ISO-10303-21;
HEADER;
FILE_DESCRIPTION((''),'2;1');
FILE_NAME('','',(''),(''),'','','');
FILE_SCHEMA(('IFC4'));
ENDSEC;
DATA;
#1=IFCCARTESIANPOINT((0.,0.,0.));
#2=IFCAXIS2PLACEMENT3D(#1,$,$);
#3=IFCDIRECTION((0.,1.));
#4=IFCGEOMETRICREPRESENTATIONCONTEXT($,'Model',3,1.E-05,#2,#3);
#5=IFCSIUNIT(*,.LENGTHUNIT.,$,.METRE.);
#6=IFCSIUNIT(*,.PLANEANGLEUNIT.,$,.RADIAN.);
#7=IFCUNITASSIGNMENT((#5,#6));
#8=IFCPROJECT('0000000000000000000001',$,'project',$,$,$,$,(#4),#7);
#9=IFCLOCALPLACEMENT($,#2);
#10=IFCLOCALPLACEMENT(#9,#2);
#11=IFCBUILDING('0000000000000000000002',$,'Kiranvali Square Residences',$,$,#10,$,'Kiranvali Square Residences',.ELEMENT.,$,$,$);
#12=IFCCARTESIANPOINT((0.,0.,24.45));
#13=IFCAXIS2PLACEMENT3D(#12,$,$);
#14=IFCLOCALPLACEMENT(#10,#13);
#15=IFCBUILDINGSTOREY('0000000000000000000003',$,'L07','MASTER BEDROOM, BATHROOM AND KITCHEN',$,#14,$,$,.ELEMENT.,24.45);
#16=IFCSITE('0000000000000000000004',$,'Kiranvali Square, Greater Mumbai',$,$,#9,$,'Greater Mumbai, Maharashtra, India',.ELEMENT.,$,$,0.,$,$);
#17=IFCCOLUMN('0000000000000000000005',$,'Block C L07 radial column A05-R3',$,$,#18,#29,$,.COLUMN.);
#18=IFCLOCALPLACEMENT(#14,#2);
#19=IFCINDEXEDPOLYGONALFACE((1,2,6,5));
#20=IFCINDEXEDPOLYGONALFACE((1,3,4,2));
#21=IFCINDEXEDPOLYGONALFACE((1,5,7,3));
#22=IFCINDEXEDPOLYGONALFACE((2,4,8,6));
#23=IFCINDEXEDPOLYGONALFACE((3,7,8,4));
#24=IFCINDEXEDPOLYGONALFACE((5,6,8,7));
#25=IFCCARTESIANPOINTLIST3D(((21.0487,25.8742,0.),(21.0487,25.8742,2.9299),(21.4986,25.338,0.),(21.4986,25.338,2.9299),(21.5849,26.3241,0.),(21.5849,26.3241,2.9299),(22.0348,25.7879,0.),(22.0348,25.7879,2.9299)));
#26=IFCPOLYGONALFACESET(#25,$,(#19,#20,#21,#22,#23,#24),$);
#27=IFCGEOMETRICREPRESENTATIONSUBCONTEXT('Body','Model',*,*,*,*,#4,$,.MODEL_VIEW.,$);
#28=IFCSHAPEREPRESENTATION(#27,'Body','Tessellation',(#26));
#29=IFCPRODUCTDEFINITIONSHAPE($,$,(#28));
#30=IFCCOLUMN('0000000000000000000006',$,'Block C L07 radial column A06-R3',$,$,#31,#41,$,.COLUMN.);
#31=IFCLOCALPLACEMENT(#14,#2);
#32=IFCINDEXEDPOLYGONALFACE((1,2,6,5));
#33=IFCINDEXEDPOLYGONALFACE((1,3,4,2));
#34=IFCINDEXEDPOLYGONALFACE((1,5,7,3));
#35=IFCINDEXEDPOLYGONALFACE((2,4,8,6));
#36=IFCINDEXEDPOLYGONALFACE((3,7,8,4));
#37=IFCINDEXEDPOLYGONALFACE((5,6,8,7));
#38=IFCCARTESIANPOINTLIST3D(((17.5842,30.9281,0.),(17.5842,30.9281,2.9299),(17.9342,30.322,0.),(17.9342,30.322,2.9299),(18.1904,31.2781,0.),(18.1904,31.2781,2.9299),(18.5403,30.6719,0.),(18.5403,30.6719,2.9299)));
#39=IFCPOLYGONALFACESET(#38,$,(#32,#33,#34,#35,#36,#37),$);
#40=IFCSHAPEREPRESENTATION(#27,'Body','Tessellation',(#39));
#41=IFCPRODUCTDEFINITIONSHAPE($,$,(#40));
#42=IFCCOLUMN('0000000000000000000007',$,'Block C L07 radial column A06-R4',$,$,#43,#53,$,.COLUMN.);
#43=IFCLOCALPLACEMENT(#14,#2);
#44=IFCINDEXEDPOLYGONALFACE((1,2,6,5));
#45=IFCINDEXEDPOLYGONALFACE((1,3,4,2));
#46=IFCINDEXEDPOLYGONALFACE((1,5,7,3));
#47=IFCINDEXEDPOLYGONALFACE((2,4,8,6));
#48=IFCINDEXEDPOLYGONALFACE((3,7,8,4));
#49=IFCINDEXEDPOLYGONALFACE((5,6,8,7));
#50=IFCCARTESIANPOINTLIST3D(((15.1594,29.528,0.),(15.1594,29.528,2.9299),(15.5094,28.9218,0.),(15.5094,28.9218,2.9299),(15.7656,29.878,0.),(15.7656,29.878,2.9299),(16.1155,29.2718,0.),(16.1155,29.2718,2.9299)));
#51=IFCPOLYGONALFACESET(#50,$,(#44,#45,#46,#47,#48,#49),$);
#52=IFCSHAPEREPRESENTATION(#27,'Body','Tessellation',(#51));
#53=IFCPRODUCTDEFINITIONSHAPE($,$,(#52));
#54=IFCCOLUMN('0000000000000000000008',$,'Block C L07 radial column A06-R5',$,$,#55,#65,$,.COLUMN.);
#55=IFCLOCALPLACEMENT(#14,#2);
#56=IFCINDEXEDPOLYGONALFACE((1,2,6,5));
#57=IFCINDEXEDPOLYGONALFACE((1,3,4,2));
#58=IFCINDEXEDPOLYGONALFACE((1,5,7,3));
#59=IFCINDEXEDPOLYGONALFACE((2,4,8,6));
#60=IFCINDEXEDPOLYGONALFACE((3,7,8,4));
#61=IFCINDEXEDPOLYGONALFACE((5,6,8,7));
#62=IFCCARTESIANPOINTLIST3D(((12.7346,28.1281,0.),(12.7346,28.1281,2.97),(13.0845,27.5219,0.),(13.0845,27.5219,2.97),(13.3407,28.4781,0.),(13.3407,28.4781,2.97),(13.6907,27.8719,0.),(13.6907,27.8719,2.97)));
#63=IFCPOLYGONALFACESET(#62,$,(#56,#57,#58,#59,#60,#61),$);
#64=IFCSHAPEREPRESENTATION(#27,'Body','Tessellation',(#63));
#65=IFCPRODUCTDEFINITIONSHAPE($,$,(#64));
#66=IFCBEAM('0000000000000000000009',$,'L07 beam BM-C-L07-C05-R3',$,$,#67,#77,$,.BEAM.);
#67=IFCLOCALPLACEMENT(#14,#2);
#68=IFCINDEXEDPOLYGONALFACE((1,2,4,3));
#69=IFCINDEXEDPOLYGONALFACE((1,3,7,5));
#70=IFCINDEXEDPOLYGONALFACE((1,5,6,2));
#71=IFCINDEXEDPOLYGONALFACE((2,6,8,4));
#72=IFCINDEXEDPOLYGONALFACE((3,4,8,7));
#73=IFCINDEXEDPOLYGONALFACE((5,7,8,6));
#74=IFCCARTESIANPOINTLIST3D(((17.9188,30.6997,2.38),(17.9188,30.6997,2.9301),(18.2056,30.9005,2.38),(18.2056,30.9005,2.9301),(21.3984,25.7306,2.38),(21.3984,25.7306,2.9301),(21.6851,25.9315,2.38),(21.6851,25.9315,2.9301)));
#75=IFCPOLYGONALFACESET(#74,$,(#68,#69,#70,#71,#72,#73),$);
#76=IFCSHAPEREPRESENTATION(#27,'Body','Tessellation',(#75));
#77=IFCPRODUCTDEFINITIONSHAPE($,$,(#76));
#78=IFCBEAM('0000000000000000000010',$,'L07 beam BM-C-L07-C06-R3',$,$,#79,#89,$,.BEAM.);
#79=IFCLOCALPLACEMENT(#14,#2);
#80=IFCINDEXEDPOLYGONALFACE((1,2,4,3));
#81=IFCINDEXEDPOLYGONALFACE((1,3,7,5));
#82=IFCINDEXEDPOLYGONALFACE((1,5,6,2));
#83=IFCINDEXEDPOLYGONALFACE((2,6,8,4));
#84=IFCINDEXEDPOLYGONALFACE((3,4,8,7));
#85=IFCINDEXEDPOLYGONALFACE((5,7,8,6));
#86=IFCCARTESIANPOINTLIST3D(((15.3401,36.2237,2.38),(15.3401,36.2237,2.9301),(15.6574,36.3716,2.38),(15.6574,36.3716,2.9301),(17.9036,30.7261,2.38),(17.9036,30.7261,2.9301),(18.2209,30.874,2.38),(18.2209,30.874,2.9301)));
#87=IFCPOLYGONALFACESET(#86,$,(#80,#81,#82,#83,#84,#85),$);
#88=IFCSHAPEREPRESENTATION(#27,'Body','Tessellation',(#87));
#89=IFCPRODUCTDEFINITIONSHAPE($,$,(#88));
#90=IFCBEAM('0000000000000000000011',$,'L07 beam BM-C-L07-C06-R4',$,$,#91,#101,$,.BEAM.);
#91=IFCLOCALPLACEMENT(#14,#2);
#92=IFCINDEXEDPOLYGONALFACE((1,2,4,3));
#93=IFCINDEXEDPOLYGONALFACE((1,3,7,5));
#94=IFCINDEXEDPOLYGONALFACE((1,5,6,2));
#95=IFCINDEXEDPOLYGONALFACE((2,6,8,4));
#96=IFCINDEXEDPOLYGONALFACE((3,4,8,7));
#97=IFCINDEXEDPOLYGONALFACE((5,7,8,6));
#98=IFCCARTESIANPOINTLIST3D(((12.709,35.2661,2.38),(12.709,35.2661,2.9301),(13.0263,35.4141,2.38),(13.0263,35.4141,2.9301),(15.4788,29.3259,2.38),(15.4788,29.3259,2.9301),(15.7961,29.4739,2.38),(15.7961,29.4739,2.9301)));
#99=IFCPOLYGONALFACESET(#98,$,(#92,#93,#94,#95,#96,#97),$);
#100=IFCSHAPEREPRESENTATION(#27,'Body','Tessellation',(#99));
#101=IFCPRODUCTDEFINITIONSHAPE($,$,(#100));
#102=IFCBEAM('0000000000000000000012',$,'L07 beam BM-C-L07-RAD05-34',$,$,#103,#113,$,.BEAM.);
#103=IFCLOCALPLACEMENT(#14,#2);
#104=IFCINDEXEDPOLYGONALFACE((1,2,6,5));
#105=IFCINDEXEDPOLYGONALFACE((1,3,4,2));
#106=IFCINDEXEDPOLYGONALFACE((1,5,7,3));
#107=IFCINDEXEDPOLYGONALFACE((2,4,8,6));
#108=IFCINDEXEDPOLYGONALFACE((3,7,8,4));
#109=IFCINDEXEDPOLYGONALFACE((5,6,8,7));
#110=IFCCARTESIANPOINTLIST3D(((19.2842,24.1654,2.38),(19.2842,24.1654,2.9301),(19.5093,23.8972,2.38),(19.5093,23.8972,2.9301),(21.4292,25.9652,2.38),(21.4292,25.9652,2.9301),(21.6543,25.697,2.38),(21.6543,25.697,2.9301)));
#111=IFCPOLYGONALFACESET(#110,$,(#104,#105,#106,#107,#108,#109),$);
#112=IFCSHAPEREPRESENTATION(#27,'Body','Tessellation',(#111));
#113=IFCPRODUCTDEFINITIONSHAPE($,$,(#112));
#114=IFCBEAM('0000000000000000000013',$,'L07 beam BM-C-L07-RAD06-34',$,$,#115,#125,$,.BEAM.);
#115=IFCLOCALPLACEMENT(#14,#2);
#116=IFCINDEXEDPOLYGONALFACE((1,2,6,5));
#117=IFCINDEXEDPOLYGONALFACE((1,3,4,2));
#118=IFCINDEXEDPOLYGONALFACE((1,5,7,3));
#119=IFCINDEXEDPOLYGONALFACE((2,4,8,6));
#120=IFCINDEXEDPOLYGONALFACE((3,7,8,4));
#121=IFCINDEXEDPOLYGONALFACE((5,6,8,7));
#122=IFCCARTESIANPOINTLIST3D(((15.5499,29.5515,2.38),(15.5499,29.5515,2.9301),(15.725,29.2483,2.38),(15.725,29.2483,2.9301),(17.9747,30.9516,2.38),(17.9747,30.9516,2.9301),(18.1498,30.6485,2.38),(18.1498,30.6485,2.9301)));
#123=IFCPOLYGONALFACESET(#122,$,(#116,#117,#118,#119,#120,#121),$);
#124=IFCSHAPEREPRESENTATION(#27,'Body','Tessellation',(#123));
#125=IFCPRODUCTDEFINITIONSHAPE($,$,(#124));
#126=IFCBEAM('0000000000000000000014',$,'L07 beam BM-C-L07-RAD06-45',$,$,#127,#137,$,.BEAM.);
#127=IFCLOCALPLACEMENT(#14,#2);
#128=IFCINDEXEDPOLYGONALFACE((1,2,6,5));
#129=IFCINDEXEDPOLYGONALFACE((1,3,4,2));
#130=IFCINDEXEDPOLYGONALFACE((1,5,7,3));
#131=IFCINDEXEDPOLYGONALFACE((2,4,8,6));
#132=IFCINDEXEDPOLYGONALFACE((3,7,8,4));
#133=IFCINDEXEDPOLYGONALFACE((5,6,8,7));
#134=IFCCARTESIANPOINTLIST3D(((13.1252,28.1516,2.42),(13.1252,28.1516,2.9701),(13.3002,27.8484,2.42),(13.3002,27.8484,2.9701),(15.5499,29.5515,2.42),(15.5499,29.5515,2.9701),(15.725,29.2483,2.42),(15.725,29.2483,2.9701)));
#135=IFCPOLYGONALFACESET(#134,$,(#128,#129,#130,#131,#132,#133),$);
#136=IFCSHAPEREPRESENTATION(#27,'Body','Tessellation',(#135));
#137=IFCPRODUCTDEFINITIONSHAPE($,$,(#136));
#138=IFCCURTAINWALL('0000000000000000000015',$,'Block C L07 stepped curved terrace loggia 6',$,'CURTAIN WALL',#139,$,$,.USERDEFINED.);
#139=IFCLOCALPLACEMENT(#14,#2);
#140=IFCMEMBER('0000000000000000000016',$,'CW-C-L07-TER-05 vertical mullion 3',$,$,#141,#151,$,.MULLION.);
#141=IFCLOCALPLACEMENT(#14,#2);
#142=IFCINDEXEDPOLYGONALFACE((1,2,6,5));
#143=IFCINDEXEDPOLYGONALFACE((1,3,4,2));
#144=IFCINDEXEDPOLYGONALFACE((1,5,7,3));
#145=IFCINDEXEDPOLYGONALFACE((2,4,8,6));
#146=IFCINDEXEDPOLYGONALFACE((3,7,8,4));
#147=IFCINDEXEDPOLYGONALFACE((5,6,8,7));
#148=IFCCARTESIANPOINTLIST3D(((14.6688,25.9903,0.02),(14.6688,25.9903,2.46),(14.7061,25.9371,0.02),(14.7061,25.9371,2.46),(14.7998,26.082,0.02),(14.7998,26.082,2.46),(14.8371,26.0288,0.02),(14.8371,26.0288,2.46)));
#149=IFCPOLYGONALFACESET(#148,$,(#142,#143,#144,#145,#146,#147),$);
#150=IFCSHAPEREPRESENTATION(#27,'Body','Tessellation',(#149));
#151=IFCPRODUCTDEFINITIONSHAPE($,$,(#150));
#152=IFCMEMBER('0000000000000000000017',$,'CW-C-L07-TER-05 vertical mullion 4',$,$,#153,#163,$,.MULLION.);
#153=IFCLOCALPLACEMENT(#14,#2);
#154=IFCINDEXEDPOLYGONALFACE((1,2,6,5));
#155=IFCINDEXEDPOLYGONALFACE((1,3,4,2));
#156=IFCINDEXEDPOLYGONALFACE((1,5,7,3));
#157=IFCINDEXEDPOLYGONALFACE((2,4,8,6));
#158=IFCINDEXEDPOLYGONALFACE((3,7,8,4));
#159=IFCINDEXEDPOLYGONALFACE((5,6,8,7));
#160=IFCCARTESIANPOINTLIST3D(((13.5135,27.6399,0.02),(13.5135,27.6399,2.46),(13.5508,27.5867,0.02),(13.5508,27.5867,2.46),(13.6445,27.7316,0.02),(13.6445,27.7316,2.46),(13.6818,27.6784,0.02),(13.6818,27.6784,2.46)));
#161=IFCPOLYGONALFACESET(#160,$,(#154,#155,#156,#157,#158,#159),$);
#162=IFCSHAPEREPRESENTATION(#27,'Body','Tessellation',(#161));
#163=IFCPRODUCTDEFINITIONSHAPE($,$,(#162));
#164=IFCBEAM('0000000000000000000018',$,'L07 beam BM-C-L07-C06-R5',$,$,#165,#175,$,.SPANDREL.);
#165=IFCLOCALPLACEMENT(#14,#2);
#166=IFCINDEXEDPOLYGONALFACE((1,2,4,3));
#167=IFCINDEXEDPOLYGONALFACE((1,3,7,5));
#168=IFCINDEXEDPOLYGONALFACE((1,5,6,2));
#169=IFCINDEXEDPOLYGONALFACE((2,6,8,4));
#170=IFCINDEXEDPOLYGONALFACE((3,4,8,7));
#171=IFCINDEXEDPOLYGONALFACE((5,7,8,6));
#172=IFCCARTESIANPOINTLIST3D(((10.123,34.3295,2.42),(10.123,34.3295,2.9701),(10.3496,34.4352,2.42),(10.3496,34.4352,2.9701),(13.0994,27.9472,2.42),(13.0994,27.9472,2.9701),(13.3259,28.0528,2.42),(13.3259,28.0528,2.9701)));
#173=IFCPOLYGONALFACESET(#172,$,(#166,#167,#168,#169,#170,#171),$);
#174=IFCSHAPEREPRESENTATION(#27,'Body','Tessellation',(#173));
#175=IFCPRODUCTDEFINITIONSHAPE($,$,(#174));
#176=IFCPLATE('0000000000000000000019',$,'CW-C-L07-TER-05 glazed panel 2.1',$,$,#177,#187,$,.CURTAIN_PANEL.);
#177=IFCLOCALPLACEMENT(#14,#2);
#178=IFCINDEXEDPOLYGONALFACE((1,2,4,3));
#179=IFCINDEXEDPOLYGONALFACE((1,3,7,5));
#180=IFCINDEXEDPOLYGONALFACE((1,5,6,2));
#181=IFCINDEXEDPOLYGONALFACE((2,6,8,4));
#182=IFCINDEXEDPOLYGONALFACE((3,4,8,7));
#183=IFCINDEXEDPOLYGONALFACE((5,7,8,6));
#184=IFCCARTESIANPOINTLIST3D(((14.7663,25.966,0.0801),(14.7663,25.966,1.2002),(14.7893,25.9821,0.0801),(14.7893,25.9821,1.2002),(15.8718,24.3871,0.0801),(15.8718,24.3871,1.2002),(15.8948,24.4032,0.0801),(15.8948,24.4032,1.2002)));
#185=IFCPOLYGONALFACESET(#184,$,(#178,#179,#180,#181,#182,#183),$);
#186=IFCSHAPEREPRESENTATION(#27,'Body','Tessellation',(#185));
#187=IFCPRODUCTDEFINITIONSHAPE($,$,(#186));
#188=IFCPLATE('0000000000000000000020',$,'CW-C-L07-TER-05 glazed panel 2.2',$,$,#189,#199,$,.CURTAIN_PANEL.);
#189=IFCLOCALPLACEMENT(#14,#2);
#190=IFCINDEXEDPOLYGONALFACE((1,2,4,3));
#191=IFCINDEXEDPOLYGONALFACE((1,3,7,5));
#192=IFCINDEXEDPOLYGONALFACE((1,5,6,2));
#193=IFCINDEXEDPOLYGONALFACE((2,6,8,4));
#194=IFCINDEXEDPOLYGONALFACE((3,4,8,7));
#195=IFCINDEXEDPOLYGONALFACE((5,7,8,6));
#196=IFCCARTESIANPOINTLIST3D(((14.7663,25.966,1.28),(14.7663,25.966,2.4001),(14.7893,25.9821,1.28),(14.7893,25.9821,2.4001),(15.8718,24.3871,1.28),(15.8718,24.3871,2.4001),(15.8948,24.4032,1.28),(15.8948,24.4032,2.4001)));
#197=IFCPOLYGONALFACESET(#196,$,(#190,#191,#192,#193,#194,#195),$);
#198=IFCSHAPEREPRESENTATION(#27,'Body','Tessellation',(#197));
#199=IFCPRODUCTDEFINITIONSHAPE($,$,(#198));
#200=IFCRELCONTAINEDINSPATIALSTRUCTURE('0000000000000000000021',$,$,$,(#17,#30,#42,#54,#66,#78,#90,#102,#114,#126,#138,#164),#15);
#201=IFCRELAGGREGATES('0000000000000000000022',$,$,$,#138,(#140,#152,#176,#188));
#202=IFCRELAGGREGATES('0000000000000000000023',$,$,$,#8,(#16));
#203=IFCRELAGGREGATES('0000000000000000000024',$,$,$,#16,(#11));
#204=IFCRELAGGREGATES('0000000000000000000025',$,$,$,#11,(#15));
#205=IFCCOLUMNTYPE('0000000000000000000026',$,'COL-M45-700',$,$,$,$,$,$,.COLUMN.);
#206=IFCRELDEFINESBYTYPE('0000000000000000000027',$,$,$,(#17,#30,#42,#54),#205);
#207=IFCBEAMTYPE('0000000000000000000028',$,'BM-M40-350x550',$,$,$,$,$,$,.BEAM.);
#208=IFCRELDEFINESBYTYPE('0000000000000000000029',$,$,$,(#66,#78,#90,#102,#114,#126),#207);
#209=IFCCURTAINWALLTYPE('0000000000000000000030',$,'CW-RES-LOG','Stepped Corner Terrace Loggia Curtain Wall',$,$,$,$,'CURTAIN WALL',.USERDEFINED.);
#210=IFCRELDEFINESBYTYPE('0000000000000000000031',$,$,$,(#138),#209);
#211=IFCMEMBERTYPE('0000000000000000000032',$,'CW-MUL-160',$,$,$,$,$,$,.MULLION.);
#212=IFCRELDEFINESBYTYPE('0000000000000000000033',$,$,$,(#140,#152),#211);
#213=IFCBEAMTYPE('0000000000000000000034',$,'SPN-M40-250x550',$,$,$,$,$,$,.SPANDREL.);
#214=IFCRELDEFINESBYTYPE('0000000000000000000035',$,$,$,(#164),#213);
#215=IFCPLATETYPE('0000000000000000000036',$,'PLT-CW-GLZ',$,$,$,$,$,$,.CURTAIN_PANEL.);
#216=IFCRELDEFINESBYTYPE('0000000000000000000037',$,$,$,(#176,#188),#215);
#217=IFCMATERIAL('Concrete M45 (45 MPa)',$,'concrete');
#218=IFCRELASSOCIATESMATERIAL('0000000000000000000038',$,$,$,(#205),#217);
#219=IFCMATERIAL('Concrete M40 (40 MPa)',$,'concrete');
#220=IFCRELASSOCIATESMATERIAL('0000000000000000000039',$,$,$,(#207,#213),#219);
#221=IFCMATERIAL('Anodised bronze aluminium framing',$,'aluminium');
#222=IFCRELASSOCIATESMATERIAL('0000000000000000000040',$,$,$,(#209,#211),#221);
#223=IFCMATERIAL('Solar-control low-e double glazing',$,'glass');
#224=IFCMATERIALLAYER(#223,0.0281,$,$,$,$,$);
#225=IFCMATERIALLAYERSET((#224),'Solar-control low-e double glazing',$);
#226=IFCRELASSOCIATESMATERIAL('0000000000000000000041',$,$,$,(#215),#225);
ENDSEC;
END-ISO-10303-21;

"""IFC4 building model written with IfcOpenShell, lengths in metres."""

from ifc_helpers import new_model, si_unit, direction, frame, origin, origin_2d, place, context, subcontext, project, spatial, rectangle, extrude, material, layer, layer_set, material_profile, profile_set, type_object, element, aggregate, save


model = new_model("IFC4")

# Units and contexts
model_context = context("Model", 3, precision=1e-05, world=origin(), true_north=direction((0.0, 1.0)))
body_context = subcontext(model_context, "Body", "Model", "MODEL_VIEW")
ifc_project = project(units=[si_unit("LENGTHUNIT", "METRE"), si_unit("PLANEANGLEUNIT", "RADIAN")], contexts=[model_context])

# Site, building, storey
site_placement = place(None, origin())
site = spatial("IfcSite", under=ifc_project, at=site_placement, Name="Kiranvali Square, Greater Mumbai", LongName="Greater Mumbai, Maharashtra, India", CompositionType="ELEMENT", RefElevation=0.0)
building_placement = place(site_placement, origin())
building = spatial("IfcBuilding", under=site, at=building_placement, Name="Kiranvali Square Residences", LongName="Kiranvali Square Residences", CompositionType="ELEMENT")
storey_placement = place(building_placement, frame((0.0, 0.0, 24.45)))
storey = spatial("IfcBuildingStorey", under=building, at=storey_placement, Name="L07", Description="MASTER BEDROOM, BATHROOM AND KITCHEN", CompositionType="ELEMENT", Elevation=24.45)

# Columns
ifc_material_1 = material(Name="Concrete M45 (45 MPa)", Category="concrete")
ifc_material_profile_1 = material_profile(ifc_material_1, rectangle(XDim=0.7, YDim=0.7, at=origin_2d()), Name="RC 700x700")
ifc_profile_set_1 = profile_set([ifc_material_profile_1], Name="Concrete M45 (45 MPa)")
column_type = type_object("IfcColumnType", Name="COL-M45-700", PredefinedType="COLUMN", material=ifc_profile_set_1)
for number, where, z_axis, x_axis, name in (
    (1, (21.5417, 25.8311, 0.0), (0.0, 0.0, 1.0), (-0.642788, 0.766044, 0.0), "Block C L07 radial column A05-R3"),
    (2, (18.0623, 30.8, 0.0), (0.0, 0.0, 1.0), (-0.5, 0.866025, 0.0), "Block C L07 radial column A06-R3"),
    (3, (15.6375, 29.3999, 0.0), (0.0, 0.0, 1.0), (-0.5, 0.866025, 0.0), "Block C L07 radial column A06-R4"),
):
    element("IfcColumn", number, at=place(storey_placement, frame(where, z_axis=z_axis, x_axis=x_axis)), inside=storey, type_object=column_type, Name=name, PredefinedType="COLUMN", context=body_context, shape_type="SweptSolid", body=[
        extrude(rectangle(XDim=0.7, YDim=0.7, at=origin_2d()), origin(), (0.0, 0.0, 1.0), 2.9299),
    ])
column_placement = place(storey_placement, frame((13.2126, 28.0, 0.0), z_axis=(0.0, 0.0, 1.0), x_axis=(-0.5, 0.866025, 0.0)))
element("IfcColumn", 4, at=column_placement, inside=storey, type_object=column_type, Name="Block C L07 radial column A06-R5", PredefinedType="COLUMN", context=body_context, shape_type="SweptSolid", body=[
    extrude(rectangle(XDim=0.7, YDim=0.7, at=origin_2d()), origin(), (0.0, 0.0, 1.0), 2.97),
])

# Beams
ifc_material_2 = material(Name="Concrete M40 (40 MPa)", Category="concrete")
ifc_material_profile_2 = material_profile(ifc_material_2, rectangle(XDim=0.3501, YDim=0.55, at=origin_2d()), Name="RC 350x550")
ifc_profile_set_2 = profile_set([ifc_material_profile_2], Name="Concrete M40 (40 MPa)")
beam_type_1 = type_object("IfcBeamType", Name="BM-M40-350x550", PredefinedType="BEAM", material=ifc_profile_set_2)
beam_1_placement = place(storey_placement, frame((21.5417, 25.8311, 2.655), z_axis=(-0.573595, 0.819139, 0.0), x_axis=(-0.819139, -0.573595, 0.0)))
element("IfcBeam", 5, at=beam_1_placement, inside=storey, type_object=beam_type_1, Name="L07 beam BM-C-L07-C05-R3", PredefinedType="BEAM", context=body_context, shape_type="SweptSolid", body=[
    extrude(rectangle(XDim=0.3501, YDim=0.55, at=origin_2d()), origin(), (0.0, 0.0, 1.0), 6.0662),
])
beam_2_placement = place(storey_placement, frame((18.0623, 30.8, 2.655), z_axis=(-0.422608, 0.906313, 0.0), x_axis=(-0.906313, -0.422608, 0.0)))
element("IfcBeam", 6, at=beam_2_placement, inside=storey, type_object=beam_type_1, Name="L07 beam BM-C-L07-C06-R3", PredefinedType="BEAM", context=body_context, shape_type="SweptSolid", body=[
    extrude(rectangle(XDim=0.3501, YDim=0.55, at=origin_2d()), origin(), (0.0, 0.0, 1.0), 6.0659),
])
beam_3_placement = place(storey_placement, frame((15.6375, 29.3999, 2.655), z_axis=(-0.422596, 0.906318, 0.0), x_axis=(-0.906318, -0.422596, 0.0)))
element("IfcBeam", 7, at=beam_3_placement, inside=storey, type_object=beam_type_1, Name="L07 beam BM-C-L07-C06-R4", PredefinedType="BEAM", context=body_context, shape_type="SweptSolid", body=[
    extrude(rectangle(XDim=0.3501, YDim=0.55, at=origin_2d()), origin(), (0.0, 0.0, 1.0), 6.5542),
])
for number, where, z_axis, x_axis, name in (
    (8, (21.5417, 25.8311, 2.655), (-0.766059, -0.642771, 0.0), (0.642771, -0.766059, 0.0), "L07 beam BM-C-L07-RAD05-34"),
    (9, (18.0623, 30.8, 2.655), (-0.865997, -0.50005, 0.0), (0.50005, -0.865997, 0.0), "L07 beam BM-C-L07-RAD06-34"),
):
    element("IfcBeam", number, at=place(storey_placement, frame(where, z_axis=z_axis, x_axis=x_axis)), inside=storey, type_object=beam_type_1, Name=name, PredefinedType="BEAM", context=body_context, shape_type="SweptSolid", body=[
        extrude(rectangle(XDim=0.3501, YDim=0.55, at=origin_2d()), origin(), (0.0, 0.0, 1.0), 2.8),
    ])
beam_4_placement = place(storey_placement, frame((15.6375, 29.3999, 2.6951), z_axis=(-0.866035, -0.499984, 0.0), x_axis=(0.499984, -0.866035, 0.0)))
element("IfcBeam", 10, at=beam_4_placement, inside=storey, type_object=beam_type_1, Name="L07 beam BM-C-L07-RAD06-45", PredefinedType="BEAM", context=body_context, shape_type="SweptSolid", body=[
    extrude(rectangle(XDim=0.3501, YDim=0.55, at=origin_2d()), origin(), (0.0, 0.0, 1.0), 2.7998),
])

# Curtain wall, members
ifc_material_3 = material(Name="Anodised bronze aluminium framing", Category="aluminium")
curtain_wall_type = type_object("IfcCurtainWallType", Name="CW-RES-LOG", Description="Stepped Corner Terrace Loggia Curtain Wall", ElementType="CURTAIN WALL", PredefinedType="USERDEFINED", material=ifc_material_3)
curtain_wall_placement = place(storey_placement, origin())
curtain_wall = element("IfcCurtainWall", 11, at=curtain_wall_placement, inside=storey, type_object=curtain_wall_type, Name="Block C L07 stepped curved terrace loggia 6", ObjectType="CURTAIN WALL", PredefinedType="USERDEFINED")
ifc_material_profile_3 = material_profile(ifc_material_3, rectangle(XDim=0.0649, YDim=0.1599, at=origin_2d()), Name="ALU 65x160")
ifc_profile_set_3 = profile_set([ifc_material_profile_3], Name="Anodised bronze aluminium framing")
member_type = type_object("IfcMemberType", Name="CW-MUL-160", PredefinedType="MULLION", material=ifc_profile_set_3)
member_1_placement = place(storey_placement, frame((14.7529, 26.0095, 0.02), z_axis=(0.0, 0.0, 1.0), x_axis=(-0.573576, 0.819152, 0.0)))
member_1 = element("IfcMember", 12, at=member_1_placement, type_object=member_type, Name="CW-C-L07-TER-05 vertical mullion 3", PredefinedType="MULLION", context=body_context, shape_type="SweptSolid", body=[
    extrude(rectangle(XDim=0.0649, YDim=0.1599, at=origin_2d()), origin(), (0.0, 0.0, 1.0), 2.4399),
])
member_2_placement = place(storey_placement, frame((13.5977, 27.6592, 0.02), z_axis=(0.0, 0.0, 1.0), x_axis=(-0.573576, 0.819152, 0.0)))
member_2 = element("IfcMember", 13, at=member_2_placement, type_object=member_type, Name="CW-C-L07-TER-05 vertical mullion 4", PredefinedType="MULLION", context=body_context, shape_type="SweptSolid", body=[
    extrude(rectangle(XDim=0.0649, YDim=0.1599, at=origin_2d()), origin(), (0.0, 0.0, 1.0), 2.4399),
])

# Beam
ifc_material_profile_4 = material_profile(ifc_material_2, rectangle(XDim=0.25, YDim=0.55, at=origin_2d()), Name="RC 250x550")
ifc_profile_set_4 = profile_set([ifc_material_profile_4], Name="Concrete M40 (40 MPa)")
beam_type_2 = type_object("IfcBeamType", Name="SPN-M40-250x550", PredefinedType="SPANDREL", material=ifc_profile_set_4)
beam_5_placement = place(storey_placement, frame((13.2126, 28.0, 2.6951), z_axis=(-0.422641, 0.906297, 0.0), x_axis=(-0.906297, -0.422641, 0.0)))
element("IfcBeam", 14, at=beam_5_placement, inside=storey, type_object=beam_type_2, Name="L07 beam BM-C-L07-C06-R5", PredefinedType="SPANDREL", context=body_context, shape_type="SweptSolid", body=[
    extrude(rectangle(XDim=0.25, YDim=0.55, at=origin_2d()), origin(), (0.0, 0.0, 1.0), 7.0422),
])

# Plates
ifc_material_4 = material(Name="Solar-control low-e double glazing", Category="glass")
ifc_layer_1 = layer(ifc_material_4, 0.0281)
ifc_layer_set_1 = layer_set([ifc_layer_1], Name="Solar-control low-e double glazing")
plate_type = type_object("IfcPlateType", Name="PLT-CW-GLZ", PredefinedType="CURTAIN_PANEL", material=ifc_layer_set_1)
plate_1_placement = place(storey_placement, frame((15.3306, 25.1846, 0.0801), z_axis=(0.0, 0.0, 1.0), x_axis=(-0.573576, 0.819152, 0.0)))
plate_1 = element("IfcPlate", 15, at=plate_1_placement, type_object=plate_type, Name="CW-C-L07-TER-05 glazed panel 2.1", PredefinedType="CURTAIN_PANEL", context=body_context, shape_type="SweptSolid", body=[
    extrude(rectangle(XDim=1.9275, YDim=0.0281, at=origin_2d()), origin(), (0.0, 0.0, 1.0), 1.1201),
])
plate_2_placement = place(storey_placement, frame((15.3306, 25.1846, 1.28), z_axis=(0.0, 0.0, 1.0), x_axis=(-0.573576, 0.819152, 0.0)))
plate_2 = element("IfcPlate", 16, at=plate_2_placement, type_object=plate_type, Name="CW-C-L07-TER-05 glazed panel 2.2", PredefinedType="CURTAIN_PANEL", context=body_context, shape_type="SweptSolid", body=[
    extrude(rectangle(XDim=1.9275, YDim=0.0281, at=origin_2d()), origin(), (0.0, 0.0, 1.0), 1.1201),
])
aggregate(curtain_wall, [member_1, member_2, plate_1, plate_2])

save(model, "model.ifc")
